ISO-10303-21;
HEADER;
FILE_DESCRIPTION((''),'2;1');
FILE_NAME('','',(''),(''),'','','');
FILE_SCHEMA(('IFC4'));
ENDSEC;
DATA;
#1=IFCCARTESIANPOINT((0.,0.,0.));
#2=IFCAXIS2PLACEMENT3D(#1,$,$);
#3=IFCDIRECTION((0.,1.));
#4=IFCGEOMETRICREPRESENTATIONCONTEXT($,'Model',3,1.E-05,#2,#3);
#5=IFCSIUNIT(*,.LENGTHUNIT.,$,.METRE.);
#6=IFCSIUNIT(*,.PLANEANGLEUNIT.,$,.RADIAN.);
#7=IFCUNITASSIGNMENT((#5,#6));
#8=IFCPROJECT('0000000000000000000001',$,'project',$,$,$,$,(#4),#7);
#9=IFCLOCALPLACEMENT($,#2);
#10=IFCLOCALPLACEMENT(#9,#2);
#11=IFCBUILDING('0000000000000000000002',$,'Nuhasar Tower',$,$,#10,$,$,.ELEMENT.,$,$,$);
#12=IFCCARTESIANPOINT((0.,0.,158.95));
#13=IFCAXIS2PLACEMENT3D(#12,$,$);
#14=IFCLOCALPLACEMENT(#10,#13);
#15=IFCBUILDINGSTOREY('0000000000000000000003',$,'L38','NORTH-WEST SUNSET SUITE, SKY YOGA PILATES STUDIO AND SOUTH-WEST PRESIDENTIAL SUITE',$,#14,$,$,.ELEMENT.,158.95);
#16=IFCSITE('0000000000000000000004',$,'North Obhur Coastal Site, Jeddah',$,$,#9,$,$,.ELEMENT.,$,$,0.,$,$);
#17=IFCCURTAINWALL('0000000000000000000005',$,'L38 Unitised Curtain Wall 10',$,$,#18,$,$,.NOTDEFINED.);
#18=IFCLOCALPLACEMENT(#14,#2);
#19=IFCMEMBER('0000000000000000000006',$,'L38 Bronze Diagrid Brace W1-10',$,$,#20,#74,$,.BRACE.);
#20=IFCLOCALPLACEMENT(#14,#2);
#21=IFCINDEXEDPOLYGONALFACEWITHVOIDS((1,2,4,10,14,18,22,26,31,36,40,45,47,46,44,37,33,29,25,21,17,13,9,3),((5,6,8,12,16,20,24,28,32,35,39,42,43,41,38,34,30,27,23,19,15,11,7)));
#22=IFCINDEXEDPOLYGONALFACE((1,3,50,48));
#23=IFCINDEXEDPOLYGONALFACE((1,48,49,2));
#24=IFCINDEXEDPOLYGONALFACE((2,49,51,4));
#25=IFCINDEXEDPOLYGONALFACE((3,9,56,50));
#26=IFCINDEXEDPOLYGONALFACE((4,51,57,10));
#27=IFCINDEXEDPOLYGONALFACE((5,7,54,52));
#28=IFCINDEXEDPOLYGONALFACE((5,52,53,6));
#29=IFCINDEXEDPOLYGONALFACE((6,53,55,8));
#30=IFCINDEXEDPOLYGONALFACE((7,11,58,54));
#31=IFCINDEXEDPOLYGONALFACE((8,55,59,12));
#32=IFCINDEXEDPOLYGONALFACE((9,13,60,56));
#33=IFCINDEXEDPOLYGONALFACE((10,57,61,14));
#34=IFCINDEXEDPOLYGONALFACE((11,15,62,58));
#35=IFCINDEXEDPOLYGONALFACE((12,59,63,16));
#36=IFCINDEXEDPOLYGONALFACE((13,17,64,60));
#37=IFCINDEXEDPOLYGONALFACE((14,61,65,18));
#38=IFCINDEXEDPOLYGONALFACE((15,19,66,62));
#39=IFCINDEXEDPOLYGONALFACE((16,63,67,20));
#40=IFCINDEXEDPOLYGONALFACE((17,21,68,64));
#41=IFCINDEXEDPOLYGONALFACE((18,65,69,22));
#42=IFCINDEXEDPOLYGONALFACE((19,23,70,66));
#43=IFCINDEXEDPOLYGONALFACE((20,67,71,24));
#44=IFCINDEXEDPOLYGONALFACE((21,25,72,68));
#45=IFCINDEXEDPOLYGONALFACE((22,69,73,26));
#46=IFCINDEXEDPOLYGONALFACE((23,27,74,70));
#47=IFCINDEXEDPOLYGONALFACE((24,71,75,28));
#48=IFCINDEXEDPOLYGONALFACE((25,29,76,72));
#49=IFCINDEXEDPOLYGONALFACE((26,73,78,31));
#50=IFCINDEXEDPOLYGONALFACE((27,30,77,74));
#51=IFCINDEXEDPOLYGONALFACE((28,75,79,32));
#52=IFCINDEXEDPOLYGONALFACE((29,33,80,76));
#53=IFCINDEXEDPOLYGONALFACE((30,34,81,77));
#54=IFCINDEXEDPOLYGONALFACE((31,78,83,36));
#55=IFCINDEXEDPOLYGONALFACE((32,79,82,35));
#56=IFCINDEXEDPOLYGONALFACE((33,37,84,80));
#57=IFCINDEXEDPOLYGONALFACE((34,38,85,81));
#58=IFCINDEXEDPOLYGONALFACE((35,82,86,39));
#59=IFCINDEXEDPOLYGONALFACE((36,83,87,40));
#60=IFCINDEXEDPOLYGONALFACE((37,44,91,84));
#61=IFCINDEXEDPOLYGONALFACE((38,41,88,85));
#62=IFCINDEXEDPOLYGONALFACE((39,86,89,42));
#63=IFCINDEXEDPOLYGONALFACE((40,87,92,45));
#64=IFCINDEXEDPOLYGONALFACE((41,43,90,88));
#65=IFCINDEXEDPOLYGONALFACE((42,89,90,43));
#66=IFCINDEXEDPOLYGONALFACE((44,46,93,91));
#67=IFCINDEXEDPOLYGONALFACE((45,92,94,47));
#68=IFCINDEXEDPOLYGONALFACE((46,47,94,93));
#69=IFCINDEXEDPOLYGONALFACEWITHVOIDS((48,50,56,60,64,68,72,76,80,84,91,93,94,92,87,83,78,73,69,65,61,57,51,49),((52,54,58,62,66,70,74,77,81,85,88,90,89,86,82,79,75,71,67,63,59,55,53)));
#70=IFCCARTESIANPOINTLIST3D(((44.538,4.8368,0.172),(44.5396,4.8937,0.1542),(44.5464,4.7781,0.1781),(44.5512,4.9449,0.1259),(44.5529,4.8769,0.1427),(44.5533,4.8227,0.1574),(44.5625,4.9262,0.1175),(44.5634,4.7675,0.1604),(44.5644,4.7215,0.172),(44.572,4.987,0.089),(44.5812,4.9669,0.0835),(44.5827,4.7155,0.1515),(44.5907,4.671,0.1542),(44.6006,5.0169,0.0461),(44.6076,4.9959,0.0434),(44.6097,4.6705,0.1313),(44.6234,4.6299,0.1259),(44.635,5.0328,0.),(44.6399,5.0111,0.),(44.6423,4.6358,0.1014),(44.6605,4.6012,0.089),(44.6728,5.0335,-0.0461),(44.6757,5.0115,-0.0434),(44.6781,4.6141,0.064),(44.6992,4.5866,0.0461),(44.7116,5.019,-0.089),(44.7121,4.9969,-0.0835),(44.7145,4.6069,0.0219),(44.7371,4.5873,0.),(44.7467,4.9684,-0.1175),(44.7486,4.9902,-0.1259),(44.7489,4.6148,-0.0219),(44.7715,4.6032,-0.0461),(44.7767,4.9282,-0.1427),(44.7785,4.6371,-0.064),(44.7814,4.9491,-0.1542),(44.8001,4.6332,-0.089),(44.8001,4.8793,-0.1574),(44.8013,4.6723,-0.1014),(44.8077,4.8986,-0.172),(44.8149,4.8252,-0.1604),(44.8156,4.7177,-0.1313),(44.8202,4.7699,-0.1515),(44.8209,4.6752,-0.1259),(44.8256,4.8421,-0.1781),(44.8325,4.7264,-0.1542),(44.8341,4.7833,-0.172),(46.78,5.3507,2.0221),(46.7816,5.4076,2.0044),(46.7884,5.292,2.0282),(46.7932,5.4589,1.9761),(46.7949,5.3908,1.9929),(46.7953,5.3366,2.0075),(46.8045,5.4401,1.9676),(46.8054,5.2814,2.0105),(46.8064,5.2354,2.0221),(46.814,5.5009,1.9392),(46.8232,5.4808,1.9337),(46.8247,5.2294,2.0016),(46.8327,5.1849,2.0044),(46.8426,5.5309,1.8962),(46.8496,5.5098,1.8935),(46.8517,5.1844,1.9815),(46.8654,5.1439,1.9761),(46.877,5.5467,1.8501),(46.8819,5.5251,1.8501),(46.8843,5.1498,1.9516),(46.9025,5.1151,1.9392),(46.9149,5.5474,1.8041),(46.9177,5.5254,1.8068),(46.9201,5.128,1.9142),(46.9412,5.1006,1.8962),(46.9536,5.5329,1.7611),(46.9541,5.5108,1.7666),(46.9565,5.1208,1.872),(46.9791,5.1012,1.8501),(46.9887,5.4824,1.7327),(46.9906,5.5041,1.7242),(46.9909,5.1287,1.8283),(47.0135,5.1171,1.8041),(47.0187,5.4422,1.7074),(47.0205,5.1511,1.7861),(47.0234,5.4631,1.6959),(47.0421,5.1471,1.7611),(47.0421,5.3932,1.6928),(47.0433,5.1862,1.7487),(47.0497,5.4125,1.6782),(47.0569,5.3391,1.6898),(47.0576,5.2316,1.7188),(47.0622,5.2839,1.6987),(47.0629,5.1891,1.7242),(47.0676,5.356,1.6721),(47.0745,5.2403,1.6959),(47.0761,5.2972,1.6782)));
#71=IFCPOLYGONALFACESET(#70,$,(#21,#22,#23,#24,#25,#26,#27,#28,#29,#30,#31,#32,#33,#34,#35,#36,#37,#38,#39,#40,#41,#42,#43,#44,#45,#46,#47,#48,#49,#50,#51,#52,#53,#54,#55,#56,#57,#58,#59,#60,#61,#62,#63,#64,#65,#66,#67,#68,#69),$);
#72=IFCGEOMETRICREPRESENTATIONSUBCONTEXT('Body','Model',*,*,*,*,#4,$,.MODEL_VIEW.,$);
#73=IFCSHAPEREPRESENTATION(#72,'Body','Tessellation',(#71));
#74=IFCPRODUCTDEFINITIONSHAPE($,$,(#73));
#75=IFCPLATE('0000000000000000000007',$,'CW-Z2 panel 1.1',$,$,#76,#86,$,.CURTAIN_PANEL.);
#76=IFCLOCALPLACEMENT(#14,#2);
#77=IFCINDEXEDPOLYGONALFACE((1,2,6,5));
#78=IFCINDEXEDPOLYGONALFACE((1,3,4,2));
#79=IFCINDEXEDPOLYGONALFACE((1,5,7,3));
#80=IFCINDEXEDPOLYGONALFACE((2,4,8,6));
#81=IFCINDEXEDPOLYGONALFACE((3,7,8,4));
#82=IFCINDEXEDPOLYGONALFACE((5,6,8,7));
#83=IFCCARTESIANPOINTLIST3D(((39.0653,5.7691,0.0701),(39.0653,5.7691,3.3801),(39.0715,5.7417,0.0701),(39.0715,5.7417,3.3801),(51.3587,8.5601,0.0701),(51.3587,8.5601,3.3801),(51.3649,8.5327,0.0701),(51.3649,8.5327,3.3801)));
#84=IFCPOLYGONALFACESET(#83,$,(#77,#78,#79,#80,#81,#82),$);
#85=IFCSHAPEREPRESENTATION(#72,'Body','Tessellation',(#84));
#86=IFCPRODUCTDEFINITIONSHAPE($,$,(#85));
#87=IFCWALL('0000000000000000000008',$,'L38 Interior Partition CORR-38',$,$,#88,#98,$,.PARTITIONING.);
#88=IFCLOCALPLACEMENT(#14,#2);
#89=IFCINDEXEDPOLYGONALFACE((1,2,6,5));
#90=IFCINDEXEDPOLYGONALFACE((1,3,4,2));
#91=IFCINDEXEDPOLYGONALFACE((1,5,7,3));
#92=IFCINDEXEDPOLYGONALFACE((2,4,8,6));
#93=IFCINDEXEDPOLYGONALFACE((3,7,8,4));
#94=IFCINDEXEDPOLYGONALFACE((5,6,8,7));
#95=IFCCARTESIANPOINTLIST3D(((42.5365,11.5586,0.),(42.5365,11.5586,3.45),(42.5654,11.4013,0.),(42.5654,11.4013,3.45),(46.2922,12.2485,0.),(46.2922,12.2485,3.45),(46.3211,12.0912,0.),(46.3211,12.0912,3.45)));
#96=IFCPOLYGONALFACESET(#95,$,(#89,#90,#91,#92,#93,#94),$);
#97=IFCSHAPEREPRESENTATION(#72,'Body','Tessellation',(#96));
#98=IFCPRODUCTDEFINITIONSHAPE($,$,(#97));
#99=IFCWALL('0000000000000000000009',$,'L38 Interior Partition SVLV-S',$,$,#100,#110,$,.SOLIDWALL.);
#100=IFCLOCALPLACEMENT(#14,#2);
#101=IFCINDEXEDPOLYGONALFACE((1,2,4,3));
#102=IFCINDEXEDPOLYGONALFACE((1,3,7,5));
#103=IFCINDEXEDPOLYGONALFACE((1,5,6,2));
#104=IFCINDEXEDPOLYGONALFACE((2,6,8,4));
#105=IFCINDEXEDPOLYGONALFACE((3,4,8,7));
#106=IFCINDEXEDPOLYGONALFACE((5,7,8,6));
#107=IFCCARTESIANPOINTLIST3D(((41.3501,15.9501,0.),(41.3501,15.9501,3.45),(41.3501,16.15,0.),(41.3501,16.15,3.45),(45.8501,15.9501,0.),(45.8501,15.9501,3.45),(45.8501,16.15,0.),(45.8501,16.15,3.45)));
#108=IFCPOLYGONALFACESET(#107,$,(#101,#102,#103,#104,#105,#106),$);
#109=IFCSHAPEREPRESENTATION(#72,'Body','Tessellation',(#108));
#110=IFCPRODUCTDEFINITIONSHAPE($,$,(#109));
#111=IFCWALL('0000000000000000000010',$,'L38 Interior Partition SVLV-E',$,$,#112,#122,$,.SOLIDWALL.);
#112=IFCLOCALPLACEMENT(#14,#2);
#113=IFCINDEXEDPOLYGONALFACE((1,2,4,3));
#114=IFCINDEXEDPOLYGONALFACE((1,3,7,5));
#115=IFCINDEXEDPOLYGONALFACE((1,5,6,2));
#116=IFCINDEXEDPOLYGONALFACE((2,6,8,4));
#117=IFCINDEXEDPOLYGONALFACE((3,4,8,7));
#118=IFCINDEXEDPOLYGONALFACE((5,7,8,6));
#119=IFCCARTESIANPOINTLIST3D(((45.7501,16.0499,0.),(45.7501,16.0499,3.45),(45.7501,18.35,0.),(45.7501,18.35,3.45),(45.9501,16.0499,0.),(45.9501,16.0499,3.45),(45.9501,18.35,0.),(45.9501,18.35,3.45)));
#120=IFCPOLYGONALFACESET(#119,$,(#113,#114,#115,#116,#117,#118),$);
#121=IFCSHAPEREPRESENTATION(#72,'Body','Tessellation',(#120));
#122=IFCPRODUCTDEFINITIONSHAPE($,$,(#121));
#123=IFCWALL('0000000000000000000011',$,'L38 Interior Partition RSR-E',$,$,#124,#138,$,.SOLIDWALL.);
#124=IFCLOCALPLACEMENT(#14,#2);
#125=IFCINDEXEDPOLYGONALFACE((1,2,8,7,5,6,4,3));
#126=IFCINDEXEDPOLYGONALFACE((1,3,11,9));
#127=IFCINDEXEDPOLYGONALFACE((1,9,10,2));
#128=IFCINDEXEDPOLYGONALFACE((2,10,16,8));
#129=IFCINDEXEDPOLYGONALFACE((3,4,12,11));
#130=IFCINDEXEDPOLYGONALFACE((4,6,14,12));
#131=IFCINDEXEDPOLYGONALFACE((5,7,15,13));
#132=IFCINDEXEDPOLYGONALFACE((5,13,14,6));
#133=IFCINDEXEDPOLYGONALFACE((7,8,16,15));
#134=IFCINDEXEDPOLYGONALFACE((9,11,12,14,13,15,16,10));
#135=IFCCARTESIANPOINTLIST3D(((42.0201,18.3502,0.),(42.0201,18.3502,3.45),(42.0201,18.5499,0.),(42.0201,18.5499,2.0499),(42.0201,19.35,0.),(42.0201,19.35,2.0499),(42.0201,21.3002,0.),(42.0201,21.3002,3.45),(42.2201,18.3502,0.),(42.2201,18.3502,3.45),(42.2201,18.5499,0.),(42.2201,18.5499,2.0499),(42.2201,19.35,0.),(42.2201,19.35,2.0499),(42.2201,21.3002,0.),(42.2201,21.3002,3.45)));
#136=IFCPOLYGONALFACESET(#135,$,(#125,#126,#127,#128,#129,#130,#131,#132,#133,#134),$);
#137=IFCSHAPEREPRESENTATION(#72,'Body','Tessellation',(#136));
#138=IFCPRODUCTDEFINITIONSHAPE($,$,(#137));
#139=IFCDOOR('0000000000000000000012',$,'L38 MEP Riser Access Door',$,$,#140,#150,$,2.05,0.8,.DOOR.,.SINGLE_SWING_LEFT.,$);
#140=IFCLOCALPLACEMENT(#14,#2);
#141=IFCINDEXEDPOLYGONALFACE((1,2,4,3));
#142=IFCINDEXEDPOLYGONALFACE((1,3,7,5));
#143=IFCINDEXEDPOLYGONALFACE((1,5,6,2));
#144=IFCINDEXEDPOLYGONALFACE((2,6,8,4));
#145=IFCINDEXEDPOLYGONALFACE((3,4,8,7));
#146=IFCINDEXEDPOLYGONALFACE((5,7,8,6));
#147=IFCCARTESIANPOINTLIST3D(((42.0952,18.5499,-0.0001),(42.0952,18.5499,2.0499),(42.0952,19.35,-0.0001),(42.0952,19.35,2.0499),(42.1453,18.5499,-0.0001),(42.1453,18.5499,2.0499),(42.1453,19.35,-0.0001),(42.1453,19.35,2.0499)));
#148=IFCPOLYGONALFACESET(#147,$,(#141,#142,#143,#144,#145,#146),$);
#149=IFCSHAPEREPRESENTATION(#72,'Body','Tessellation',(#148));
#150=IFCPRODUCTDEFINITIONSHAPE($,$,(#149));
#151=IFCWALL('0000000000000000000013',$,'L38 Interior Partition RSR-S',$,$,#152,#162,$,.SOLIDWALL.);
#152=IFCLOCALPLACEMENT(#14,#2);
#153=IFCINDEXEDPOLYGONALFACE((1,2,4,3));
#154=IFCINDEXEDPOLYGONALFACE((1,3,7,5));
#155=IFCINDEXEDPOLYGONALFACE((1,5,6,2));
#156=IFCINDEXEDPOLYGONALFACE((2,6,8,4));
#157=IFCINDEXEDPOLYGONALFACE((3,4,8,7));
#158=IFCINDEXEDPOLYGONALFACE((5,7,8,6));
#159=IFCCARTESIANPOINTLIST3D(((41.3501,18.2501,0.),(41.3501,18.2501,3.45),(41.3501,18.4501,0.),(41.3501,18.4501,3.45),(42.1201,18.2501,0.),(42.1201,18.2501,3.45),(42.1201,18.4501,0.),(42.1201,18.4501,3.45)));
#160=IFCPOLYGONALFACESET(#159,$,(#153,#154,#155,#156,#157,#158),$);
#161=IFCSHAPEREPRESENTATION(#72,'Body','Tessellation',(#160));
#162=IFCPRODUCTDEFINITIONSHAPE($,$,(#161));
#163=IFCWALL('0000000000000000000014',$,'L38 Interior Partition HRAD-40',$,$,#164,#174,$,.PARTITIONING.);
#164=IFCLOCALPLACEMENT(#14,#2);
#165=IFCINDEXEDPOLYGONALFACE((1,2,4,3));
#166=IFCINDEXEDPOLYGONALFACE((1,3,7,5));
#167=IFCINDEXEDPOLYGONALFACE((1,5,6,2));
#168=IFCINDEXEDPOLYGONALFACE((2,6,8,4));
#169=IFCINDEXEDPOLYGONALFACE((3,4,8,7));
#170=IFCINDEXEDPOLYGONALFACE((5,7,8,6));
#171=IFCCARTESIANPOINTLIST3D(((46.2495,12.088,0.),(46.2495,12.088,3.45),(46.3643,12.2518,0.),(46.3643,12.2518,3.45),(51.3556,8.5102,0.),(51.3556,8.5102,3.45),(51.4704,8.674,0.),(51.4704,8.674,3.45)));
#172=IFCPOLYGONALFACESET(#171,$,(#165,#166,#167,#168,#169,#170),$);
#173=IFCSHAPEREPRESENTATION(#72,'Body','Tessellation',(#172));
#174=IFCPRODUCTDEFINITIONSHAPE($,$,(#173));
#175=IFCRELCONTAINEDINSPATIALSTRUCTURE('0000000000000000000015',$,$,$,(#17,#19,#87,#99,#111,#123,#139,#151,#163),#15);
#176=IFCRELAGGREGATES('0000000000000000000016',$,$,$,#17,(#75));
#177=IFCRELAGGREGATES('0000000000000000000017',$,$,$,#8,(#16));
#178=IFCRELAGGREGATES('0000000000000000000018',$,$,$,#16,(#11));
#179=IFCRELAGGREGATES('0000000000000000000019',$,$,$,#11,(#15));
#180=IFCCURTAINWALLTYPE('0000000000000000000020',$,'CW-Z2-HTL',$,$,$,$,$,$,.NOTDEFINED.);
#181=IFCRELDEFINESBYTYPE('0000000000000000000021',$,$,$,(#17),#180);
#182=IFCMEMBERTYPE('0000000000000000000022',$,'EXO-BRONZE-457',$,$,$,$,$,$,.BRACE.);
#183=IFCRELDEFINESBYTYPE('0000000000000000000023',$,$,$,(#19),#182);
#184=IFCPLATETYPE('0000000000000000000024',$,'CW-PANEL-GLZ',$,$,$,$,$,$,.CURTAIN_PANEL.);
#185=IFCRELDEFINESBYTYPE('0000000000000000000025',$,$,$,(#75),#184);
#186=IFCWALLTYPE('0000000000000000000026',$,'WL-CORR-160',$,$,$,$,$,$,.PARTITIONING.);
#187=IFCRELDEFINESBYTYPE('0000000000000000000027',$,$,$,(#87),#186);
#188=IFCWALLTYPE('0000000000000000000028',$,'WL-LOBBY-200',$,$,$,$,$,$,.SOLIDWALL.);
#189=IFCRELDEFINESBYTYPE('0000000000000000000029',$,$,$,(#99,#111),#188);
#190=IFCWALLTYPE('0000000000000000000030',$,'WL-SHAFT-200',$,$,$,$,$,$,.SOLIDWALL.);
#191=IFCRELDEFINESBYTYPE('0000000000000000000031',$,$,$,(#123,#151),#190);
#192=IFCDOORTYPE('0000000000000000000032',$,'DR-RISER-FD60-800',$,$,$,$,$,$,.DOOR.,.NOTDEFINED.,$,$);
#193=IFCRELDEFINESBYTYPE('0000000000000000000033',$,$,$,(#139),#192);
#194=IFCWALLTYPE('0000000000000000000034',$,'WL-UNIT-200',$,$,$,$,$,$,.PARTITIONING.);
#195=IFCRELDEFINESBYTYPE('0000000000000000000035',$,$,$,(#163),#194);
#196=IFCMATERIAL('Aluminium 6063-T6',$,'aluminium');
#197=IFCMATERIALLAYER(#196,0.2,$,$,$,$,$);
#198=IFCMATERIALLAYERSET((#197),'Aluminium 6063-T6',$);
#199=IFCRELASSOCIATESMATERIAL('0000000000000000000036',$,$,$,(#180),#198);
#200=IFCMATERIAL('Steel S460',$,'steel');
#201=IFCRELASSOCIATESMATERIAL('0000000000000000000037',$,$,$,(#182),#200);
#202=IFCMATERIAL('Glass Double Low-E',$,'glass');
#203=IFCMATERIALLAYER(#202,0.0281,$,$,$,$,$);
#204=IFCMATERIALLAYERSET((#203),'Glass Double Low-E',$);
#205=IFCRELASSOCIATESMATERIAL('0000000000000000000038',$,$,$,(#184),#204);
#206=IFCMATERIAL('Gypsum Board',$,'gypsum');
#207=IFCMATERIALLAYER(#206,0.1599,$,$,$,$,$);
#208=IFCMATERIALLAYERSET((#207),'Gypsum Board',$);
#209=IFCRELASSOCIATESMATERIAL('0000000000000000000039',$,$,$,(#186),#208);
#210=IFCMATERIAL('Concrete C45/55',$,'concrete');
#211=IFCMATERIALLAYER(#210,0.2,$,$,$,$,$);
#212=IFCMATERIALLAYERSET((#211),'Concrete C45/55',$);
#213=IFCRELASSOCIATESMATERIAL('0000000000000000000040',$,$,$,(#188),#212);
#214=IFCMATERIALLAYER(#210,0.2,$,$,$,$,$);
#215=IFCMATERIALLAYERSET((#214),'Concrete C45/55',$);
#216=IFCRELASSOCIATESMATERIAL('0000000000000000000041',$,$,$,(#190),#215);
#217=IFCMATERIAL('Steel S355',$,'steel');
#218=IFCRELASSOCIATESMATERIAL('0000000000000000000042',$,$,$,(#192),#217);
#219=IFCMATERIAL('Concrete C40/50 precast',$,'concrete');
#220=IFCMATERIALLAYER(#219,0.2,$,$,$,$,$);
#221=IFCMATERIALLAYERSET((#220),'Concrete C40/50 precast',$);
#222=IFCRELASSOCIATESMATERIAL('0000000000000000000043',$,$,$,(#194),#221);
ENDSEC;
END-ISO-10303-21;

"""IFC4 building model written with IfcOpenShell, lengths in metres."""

from ifc_helpers import new_model, si_unit, direction, frame, frame_2d, origin, origin_2d, place, context, subcontext, project, spatial, rectangle, hollow_circle, extrude, material, layer, layer_set, material_profile, profile_set, type_object, element, fill, aggregate, save


model = new_model("IFC4")

# Units and contexts
model_context = context("Model", 3, precision=1e-05, world=origin(), true_north=direction((0.0, 1.0)))
body_context = subcontext(model_context, "Body", "Model", "MODEL_VIEW")
ifc_project = project(units=[si_unit("LENGTHUNIT", "METRE"), si_unit("PLANEANGLEUNIT", "RADIAN")], contexts=[model_context])

# Site, building, storey
site_placement = place(None, origin())
site = spatial("IfcSite", under=ifc_project, at=site_placement, Name="North Obhur Coastal Site, Jeddah", CompositionType="ELEMENT", RefElevation=0.0)
building_placement = place(site_placement, origin())
building = spatial("IfcBuilding", under=site, at=building_placement, Name="Nuhasar Tower", CompositionType="ELEMENT")
storey_placement = place(building_placement, frame((0.0, 0.0, 158.95)))
storey = spatial("IfcBuildingStorey", under=building, at=storey_placement, Name="L38", Description="NORTH-WEST SUNSET SUITE, SKY YOGA PILATES STUDIO AND SOUTH-WEST PRESIDENTIAL SUITE", CompositionType="ELEMENT", Elevation=158.95)

# Shared definitions
ifc_material_1 = material(Name="Steel S355", Category="steel")

# Shared definitions
ifc_material_2 = material(Name="Aluminium 6063-T6", Category="aluminium")
ifc_layer_1 = layer(ifc_material_2, 0.2)
ifc_layer_set_1 = layer_set([ifc_layer_1], Name="Aluminium 6063-T6")
curtain_wall_type = type_object("IfcCurtainWallType", Name="CW-Z2-HTL", PredefinedType="NOTDEFINED", material=ifc_layer_set_1)

# Curtain wall
curtain_wall_1_placement = place(storey_placement, origin())
curtain_wall_1 = element("IfcCurtainWall", 1, at=curtain_wall_1_placement, inside=storey, type_object=curtain_wall_type, Name="L38 Unitised Curtain Wall 10", PredefinedType="NOTDEFINED")

# Member
ifc_material_3 = material(Name="Steel S460", Category="steel")
ifc_material_profile_1 = material_profile(ifc_material_3, hollow_circle(Radius=0.2285, WallThickness=0.0222, at=origin_2d()), Name="HSS457X22.2")
ifc_profile_set_1 = profile_set([ifc_material_profile_1], Name="Steel S460")
member_type_1 = type_object("IfcMemberType", Name="EXO-BRONZE-457", PredefinedType="BRACE", material=ifc_profile_set_1)
member_1_placement = place(storey_placement, frame((44.686, 4.8101, 0.0), z_axis=(0.75951, 0.174101, 0.626764), x_axis=(-0.223433, 0.974719, 0.0)))
element("IfcMember", 2, at=member_1_placement, inside=storey, type_object=member_type_1, Name="L38 Bronze Diagrid Brace W1-10", PredefinedType="BRACE", context=body_context, shape_type="SweptSolid", body=[
    extrude(hollow_circle(Radius=0.2285, WallThickness=0.0222, at=origin_2d()), origin(), (0.0, 0.0, 1.0), 2.9519),
])

# Plate
ifc_material_4 = material(Name="Glass Double Low-E", Category="glass")
ifc_layer_2 = layer(ifc_material_4, 0.0281)
ifc_layer_set_2 = layer_set([ifc_layer_2], Name="Glass Double Low-E")
plate_type = type_object("IfcPlateType", Name="CW-PANEL-GLZ", PredefinedType="CURTAIN_PANEL", material=ifc_layer_set_2)
plate_placement = place(storey_placement, frame((45.2151, 7.1509, 0.0701), z_axis=(0.0, 0.0, 1.0), x_axis=(0.975184, 0.221397, 0.0)))
plate = element("IfcPlate", 3, at=plate_placement, type_object=plate_type, Name="CW-Z2 panel 1.1", PredefinedType="CURTAIN_PANEL", context=body_context, shape_type="SweptSolid", body=[
    extrude(rectangle(XDim=12.6062, YDim=0.0281, at=origin_2d()), origin(), (0.0, 0.0, 1.0), 3.3101),
])
aggregate(curtain_wall_1, [plate])

# Shared definitions
ifc_material_5 = material(Name="Gypsum Board", Category="gypsum")
ifc_layer_3 = layer(ifc_material_5, 0.1599)
ifc_layer_set_3 = layer_set([ifc_layer_3], Name="Gypsum Board")
wall_type_1 = type_object("IfcWallType", Name="WL-CORR-160", PredefinedType="PARTITIONING", material=ifc_layer_set_3)

# Wall
wall_1_placement = place(storey_placement, frame((42.551, 11.48, 0.0), z_axis=(0.0, 0.0, 1.0), x_axis=(0.983543, 0.180674, 0.0)))
element("IfcWall", 4, at=wall_1_placement, inside=storey, type_object=wall_type_1, Name="L38 Interior Partition CORR-38", PredefinedType="PARTITIONING", context=body_context, shape_type="SweptSolid", body=[
    extrude(rectangle(XDim=3.8186, YDim=0.1599, at=frame_2d((1.9092, 0.0))), origin(), (0.0, 0.0, 1.0), 3.45),
])

# Shared definitions
ifc_material_6 = material(Name="Concrete C45/55", Category="concrete")
ifc_layer_4 = layer(ifc_material_6, 0.2)
ifc_layer_set_4 = layer_set([ifc_layer_4], Name="Concrete C45/55")
wall_type_2 = type_object("IfcWallType", Name="WL-LOBBY-200", PredefinedType="SOLIDWALL", material=ifc_layer_set_4)

# Walls
wall_2_placement = place(storey_placement, frame((41.3501, 16.05, 0.0), z_axis=(0.0, 0.0, 1.0), x_axis=(1.0, 0.0, 0.0)))
element("IfcWall", 5, at=wall_2_placement, inside=storey, type_object=wall_type_2, Name="L38 Interior Partition SVLV-S", PredefinedType="SOLIDWALL", context=body_context, shape_type="SweptSolid", body=[
    extrude(rectangle(XDim=4.5, YDim=0.2, at=frame_2d((2.25, 0.0))), origin(), (0.0, 0.0, 1.0), 3.45),
])
wall_3_placement = place(storey_placement, frame((45.8501, 16.05, 0.0), z_axis=(0.0, 0.0, 1.0), x_axis=(0.0, 1.0, 0.0)))
element("IfcWall", 6, at=wall_3_placement, inside=storey, type_object=wall_type_2, Name="L38 Interior Partition SVLV-E", PredefinedType="SOLIDWALL", context=body_context, shape_type="SweptSolid", body=[
    extrude(rectangle(XDim=2.3, YDim=0.2, at=frame_2d((1.1499, 0.0))), origin(), (0.0, 0.0, 1.0), 3.45),
])

# Wall, opening, door
ifc_layer_5 = layer(ifc_material_6, 0.2)
ifc_layer_set_5 = layer_set([ifc_layer_5], Name="Concrete C45/55")
wall_type_3 = type_object("IfcWallType", Name="WL-SHAFT-200", PredefinedType="SOLIDWALL", material=ifc_layer_set_5)
wall_4_placement = place(storey_placement, frame((42.1201, 18.3501, 0.0), z_axis=(0.0, 0.0, 1.0), x_axis=(0.0, 1.0, 0.0)))
wall_4 = element("IfcWall", 7, at=wall_4_placement, inside=storey, type_object=wall_type_3, Name="L38 Interior Partition RSR-E", PredefinedType="SOLIDWALL", context=body_context, shape_type="SweptSolid", body=[
    extrude(rectangle(XDim=2.95, YDim=0.2, at=frame_2d((1.4751, 0.0))), origin(), (0.0, 0.0, 1.0), 3.45),
])
opening_1_placement = place(wall_4_placement, frame((0.2, 0.0, 0.0)))
opening_1 = element("IfcOpeningElement", 8, at=opening_1_placement, cuts=wall_4, PredefinedType="OPENING", context=body_context, shape_type="SweptSolid", body=[
    extrude(rectangle(XDim=0.8, YDim=2.05, at=frame_2d((0.3999, 1.0249))), frame((0.0, 0.1099, 0.0), z_axis=(0.0, -1.0, 0.0), x_axis=(1.0, 0.0, 0.0)), (0.0, 0.0, 1.0), 0.22),
])
door_type_1 = type_object("IfcDoorType", Name="DR-RISER-FD60-800", OperationType="NOTDEFINED", PredefinedType="DOOR", material=ifc_material_1)
door_1_placement = place(opening_1_placement, origin())
door_1 = element("IfcDoor", 9, at=door_1_placement, inside=storey, type_object=door_type_1, Name="L38 MEP Riser Access Door", OperationType="SINGLE_SWING_LEFT", OverallHeight=2.05, OverallWidth=0.8, PredefinedType="DOOR", context=body_context, shape_type="SweptSolid", body=[
    extrude(rectangle(XDim=0.8, YDim=2.05, at=frame_2d((0.3999, 1.0249))), frame((0.0, 0.0249, 0.0), z_axis=(0.0, -1.0, 0.0), x_axis=(1.0, 0.0, 0.0)), (0.0, 0.0, 1.0), 0.05),
])
fill(opening_1, door_1)

# Walls
wall_5_placement = place(storey_placement, frame((41.3501, 18.3501, 0.0), z_axis=(0.0, 0.0, 1.0), x_axis=(1.0, 0.0, 0.0)))
element("IfcWall", 10, at=wall_5_placement, inside=storey, type_object=wall_type_3, Name="L38 Interior Partition RSR-S", PredefinedType="SOLIDWALL", context=body_context, shape_type="SweptSolid", body=[
    extrude(rectangle(XDim=0.77, YDim=0.2, at=frame_2d((0.385, 0.0))), origin(), (0.0, 0.0, 1.0), 3.45),
])
ifc_material_7 = material(Name="Concrete C40/50 precast", Category="concrete")
ifc_layer_6 = layer(ifc_material_7, 0.2)
ifc_layer_set_6 = layer_set([ifc_layer_6], Name="Concrete C40/50 precast")
wall_type_4 = type_object("IfcWallType", Name="WL-UNIT-200", PredefinedType="PARTITIONING", material=ifc_layer_set_6)
wall_6_placement = place(storey_placement, frame((46.3069, 12.1699, 0.0), z_axis=(0.0, 0.0, 1.0), x_axis=(0.818965, -0.573843, 0.0)))
element("IfcWall", 11, at=wall_6_placement, inside=storey, type_object=wall_type_4, Name="L38 Interior Partition HRAD-40", PredefinedType="PARTITIONING", context=body_context, shape_type="SweptSolid", body=[
    extrude(rectangle(XDim=6.2349, YDim=0.2, at=frame_2d((3.1174, 0.0))), origin(), (0.0, 0.0, 1.0), 3.45),
])

save(model, "model.ifc")
